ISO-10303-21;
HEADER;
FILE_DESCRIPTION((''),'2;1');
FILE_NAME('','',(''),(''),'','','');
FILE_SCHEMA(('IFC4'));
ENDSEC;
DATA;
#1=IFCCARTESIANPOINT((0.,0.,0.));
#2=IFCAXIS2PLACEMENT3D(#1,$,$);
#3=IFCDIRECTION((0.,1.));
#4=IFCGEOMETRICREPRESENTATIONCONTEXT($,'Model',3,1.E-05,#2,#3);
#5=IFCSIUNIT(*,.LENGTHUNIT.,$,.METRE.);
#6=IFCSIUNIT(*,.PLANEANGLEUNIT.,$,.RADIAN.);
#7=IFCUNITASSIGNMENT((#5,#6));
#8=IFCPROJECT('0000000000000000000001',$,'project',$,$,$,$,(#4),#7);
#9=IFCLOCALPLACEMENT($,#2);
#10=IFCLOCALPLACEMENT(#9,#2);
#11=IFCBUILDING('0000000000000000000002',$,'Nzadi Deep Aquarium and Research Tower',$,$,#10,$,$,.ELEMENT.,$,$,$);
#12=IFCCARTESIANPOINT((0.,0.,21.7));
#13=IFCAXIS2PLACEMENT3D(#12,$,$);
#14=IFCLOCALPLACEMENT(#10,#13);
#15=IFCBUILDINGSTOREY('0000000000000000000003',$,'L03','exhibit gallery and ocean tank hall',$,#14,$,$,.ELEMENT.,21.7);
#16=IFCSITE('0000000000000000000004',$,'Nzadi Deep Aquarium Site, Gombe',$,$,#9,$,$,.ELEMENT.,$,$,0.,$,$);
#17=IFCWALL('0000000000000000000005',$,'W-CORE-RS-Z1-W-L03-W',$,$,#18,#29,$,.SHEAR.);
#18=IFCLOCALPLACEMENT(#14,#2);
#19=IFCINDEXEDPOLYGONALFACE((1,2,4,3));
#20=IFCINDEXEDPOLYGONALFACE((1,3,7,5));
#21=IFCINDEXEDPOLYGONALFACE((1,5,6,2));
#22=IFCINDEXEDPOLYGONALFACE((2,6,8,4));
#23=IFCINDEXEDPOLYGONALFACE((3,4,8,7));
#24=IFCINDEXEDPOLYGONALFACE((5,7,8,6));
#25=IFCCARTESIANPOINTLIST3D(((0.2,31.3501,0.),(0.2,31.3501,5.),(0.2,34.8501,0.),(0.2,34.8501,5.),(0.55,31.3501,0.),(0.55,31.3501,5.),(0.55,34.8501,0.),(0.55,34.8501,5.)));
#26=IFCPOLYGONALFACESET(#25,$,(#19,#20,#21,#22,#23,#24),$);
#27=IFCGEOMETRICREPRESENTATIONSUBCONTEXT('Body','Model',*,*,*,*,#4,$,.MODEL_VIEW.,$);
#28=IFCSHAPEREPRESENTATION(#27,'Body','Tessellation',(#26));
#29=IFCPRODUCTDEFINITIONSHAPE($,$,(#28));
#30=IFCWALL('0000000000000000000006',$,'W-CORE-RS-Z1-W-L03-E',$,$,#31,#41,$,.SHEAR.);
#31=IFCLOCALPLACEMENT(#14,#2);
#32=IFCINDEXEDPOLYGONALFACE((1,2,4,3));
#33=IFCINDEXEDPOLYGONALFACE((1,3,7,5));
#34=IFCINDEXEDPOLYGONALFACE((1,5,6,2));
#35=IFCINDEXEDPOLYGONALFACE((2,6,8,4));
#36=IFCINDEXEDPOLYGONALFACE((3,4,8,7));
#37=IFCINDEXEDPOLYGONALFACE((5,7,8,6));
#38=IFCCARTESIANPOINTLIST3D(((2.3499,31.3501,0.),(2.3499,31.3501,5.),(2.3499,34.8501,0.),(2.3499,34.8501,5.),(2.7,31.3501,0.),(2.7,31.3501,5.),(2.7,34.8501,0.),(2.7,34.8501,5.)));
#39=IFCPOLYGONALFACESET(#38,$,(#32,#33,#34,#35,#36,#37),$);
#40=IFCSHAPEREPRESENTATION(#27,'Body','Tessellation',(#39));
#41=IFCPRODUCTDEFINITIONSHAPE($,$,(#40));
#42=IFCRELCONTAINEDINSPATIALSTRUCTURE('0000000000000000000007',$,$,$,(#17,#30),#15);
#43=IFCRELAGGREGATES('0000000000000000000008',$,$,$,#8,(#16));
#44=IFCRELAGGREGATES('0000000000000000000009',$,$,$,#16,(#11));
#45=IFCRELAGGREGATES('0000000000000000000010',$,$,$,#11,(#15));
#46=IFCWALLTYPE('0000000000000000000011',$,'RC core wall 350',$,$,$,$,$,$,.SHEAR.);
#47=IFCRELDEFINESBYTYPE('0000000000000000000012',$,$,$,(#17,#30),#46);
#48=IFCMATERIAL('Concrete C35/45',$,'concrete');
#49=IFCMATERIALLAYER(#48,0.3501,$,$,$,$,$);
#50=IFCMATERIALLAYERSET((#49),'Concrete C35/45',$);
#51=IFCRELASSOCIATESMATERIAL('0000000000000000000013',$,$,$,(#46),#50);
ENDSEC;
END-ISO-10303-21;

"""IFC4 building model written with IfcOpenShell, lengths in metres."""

from ifc_helpers import new_model, si_unit, direction, frame, frame_2d, origin, place, context, subcontext, project, spatial, rectangle, extrude, material, layer, layer_set, type_object, element, save


model = new_model("IFC4")

# Units and contexts
model_context = context("Model", 3, precision=1e-05, world=origin(), true_north=direction((0.0, 1.0)))
body_context = subcontext(model_context, "Body", "Model", "MODEL_VIEW")
ifc_project = project(units=[si_unit("LENGTHUNIT", "METRE"), si_unit("PLANEANGLEUNIT", "RADIAN")], contexts=[model_context])

# Site, building, storey
site_placement = place(None, origin())
site = spatial("IfcSite", under=ifc_project, at=site_placement, Name="Nzadi Deep Aquarium Site, Gombe", CompositionType="ELEMENT", RefElevation=0.0)
building_placement = place(site_placement, origin())
building = spatial("IfcBuilding", under=site, at=building_placement, Name="Nzadi Deep Aquarium and Research Tower", CompositionType="ELEMENT")
storey_placement = place(building_placement, frame((0.0, 0.0, 21.7)))
storey = spatial("IfcBuildingStorey", under=building, at=storey_placement, Name="L03", Description="exhibit gallery and ocean tank hall", CompositionType="ELEMENT", Elevation=21.7)

# Walls
ifc_material_1 = material(Name="Concrete C35/45", Category="concrete")
ifc_layer_1 = layer(ifc_material_1, 0.3501)
ifc_layer_set_1 = layer_set([ifc_layer_1], Name="Concrete C35/45")
wall_type_1 = type_object("IfcWallType", Name="RC core wall 350", PredefinedType="SHEAR", material=ifc_layer_set_1)
for number, where, z_axis, x_axis, name in (
    (1, (0.375, 31.3501, 0.0), (0.0, 0.0, 1.0), (0.0, 1.0, 0.0), "W-CORE-RS-Z1-W-L03-W"),
    (2, (2.5249, 31.3501, 0.0), (0.0, 0.0, 1.0), (0.0, 1.0, 0.0), "W-CORE-RS-Z1-W-L03-E"),
):
    element("IfcWall", number, at=place(storey_placement, frame(where, z_axis=z_axis, x_axis=x_axis)), inside=storey, type_object=wall_type_1, Name=name, PredefinedType="SHEAR", context=body_context, shape_type="SweptSolid", body=[
        extrude(rectangle(XDim=3.5, YDim=0.3501, at=frame_2d((1.75, 0.0))), origin(), (0.0, 0.0, 1.0), 5.0),
    ])

save(model, "model.ifc")
